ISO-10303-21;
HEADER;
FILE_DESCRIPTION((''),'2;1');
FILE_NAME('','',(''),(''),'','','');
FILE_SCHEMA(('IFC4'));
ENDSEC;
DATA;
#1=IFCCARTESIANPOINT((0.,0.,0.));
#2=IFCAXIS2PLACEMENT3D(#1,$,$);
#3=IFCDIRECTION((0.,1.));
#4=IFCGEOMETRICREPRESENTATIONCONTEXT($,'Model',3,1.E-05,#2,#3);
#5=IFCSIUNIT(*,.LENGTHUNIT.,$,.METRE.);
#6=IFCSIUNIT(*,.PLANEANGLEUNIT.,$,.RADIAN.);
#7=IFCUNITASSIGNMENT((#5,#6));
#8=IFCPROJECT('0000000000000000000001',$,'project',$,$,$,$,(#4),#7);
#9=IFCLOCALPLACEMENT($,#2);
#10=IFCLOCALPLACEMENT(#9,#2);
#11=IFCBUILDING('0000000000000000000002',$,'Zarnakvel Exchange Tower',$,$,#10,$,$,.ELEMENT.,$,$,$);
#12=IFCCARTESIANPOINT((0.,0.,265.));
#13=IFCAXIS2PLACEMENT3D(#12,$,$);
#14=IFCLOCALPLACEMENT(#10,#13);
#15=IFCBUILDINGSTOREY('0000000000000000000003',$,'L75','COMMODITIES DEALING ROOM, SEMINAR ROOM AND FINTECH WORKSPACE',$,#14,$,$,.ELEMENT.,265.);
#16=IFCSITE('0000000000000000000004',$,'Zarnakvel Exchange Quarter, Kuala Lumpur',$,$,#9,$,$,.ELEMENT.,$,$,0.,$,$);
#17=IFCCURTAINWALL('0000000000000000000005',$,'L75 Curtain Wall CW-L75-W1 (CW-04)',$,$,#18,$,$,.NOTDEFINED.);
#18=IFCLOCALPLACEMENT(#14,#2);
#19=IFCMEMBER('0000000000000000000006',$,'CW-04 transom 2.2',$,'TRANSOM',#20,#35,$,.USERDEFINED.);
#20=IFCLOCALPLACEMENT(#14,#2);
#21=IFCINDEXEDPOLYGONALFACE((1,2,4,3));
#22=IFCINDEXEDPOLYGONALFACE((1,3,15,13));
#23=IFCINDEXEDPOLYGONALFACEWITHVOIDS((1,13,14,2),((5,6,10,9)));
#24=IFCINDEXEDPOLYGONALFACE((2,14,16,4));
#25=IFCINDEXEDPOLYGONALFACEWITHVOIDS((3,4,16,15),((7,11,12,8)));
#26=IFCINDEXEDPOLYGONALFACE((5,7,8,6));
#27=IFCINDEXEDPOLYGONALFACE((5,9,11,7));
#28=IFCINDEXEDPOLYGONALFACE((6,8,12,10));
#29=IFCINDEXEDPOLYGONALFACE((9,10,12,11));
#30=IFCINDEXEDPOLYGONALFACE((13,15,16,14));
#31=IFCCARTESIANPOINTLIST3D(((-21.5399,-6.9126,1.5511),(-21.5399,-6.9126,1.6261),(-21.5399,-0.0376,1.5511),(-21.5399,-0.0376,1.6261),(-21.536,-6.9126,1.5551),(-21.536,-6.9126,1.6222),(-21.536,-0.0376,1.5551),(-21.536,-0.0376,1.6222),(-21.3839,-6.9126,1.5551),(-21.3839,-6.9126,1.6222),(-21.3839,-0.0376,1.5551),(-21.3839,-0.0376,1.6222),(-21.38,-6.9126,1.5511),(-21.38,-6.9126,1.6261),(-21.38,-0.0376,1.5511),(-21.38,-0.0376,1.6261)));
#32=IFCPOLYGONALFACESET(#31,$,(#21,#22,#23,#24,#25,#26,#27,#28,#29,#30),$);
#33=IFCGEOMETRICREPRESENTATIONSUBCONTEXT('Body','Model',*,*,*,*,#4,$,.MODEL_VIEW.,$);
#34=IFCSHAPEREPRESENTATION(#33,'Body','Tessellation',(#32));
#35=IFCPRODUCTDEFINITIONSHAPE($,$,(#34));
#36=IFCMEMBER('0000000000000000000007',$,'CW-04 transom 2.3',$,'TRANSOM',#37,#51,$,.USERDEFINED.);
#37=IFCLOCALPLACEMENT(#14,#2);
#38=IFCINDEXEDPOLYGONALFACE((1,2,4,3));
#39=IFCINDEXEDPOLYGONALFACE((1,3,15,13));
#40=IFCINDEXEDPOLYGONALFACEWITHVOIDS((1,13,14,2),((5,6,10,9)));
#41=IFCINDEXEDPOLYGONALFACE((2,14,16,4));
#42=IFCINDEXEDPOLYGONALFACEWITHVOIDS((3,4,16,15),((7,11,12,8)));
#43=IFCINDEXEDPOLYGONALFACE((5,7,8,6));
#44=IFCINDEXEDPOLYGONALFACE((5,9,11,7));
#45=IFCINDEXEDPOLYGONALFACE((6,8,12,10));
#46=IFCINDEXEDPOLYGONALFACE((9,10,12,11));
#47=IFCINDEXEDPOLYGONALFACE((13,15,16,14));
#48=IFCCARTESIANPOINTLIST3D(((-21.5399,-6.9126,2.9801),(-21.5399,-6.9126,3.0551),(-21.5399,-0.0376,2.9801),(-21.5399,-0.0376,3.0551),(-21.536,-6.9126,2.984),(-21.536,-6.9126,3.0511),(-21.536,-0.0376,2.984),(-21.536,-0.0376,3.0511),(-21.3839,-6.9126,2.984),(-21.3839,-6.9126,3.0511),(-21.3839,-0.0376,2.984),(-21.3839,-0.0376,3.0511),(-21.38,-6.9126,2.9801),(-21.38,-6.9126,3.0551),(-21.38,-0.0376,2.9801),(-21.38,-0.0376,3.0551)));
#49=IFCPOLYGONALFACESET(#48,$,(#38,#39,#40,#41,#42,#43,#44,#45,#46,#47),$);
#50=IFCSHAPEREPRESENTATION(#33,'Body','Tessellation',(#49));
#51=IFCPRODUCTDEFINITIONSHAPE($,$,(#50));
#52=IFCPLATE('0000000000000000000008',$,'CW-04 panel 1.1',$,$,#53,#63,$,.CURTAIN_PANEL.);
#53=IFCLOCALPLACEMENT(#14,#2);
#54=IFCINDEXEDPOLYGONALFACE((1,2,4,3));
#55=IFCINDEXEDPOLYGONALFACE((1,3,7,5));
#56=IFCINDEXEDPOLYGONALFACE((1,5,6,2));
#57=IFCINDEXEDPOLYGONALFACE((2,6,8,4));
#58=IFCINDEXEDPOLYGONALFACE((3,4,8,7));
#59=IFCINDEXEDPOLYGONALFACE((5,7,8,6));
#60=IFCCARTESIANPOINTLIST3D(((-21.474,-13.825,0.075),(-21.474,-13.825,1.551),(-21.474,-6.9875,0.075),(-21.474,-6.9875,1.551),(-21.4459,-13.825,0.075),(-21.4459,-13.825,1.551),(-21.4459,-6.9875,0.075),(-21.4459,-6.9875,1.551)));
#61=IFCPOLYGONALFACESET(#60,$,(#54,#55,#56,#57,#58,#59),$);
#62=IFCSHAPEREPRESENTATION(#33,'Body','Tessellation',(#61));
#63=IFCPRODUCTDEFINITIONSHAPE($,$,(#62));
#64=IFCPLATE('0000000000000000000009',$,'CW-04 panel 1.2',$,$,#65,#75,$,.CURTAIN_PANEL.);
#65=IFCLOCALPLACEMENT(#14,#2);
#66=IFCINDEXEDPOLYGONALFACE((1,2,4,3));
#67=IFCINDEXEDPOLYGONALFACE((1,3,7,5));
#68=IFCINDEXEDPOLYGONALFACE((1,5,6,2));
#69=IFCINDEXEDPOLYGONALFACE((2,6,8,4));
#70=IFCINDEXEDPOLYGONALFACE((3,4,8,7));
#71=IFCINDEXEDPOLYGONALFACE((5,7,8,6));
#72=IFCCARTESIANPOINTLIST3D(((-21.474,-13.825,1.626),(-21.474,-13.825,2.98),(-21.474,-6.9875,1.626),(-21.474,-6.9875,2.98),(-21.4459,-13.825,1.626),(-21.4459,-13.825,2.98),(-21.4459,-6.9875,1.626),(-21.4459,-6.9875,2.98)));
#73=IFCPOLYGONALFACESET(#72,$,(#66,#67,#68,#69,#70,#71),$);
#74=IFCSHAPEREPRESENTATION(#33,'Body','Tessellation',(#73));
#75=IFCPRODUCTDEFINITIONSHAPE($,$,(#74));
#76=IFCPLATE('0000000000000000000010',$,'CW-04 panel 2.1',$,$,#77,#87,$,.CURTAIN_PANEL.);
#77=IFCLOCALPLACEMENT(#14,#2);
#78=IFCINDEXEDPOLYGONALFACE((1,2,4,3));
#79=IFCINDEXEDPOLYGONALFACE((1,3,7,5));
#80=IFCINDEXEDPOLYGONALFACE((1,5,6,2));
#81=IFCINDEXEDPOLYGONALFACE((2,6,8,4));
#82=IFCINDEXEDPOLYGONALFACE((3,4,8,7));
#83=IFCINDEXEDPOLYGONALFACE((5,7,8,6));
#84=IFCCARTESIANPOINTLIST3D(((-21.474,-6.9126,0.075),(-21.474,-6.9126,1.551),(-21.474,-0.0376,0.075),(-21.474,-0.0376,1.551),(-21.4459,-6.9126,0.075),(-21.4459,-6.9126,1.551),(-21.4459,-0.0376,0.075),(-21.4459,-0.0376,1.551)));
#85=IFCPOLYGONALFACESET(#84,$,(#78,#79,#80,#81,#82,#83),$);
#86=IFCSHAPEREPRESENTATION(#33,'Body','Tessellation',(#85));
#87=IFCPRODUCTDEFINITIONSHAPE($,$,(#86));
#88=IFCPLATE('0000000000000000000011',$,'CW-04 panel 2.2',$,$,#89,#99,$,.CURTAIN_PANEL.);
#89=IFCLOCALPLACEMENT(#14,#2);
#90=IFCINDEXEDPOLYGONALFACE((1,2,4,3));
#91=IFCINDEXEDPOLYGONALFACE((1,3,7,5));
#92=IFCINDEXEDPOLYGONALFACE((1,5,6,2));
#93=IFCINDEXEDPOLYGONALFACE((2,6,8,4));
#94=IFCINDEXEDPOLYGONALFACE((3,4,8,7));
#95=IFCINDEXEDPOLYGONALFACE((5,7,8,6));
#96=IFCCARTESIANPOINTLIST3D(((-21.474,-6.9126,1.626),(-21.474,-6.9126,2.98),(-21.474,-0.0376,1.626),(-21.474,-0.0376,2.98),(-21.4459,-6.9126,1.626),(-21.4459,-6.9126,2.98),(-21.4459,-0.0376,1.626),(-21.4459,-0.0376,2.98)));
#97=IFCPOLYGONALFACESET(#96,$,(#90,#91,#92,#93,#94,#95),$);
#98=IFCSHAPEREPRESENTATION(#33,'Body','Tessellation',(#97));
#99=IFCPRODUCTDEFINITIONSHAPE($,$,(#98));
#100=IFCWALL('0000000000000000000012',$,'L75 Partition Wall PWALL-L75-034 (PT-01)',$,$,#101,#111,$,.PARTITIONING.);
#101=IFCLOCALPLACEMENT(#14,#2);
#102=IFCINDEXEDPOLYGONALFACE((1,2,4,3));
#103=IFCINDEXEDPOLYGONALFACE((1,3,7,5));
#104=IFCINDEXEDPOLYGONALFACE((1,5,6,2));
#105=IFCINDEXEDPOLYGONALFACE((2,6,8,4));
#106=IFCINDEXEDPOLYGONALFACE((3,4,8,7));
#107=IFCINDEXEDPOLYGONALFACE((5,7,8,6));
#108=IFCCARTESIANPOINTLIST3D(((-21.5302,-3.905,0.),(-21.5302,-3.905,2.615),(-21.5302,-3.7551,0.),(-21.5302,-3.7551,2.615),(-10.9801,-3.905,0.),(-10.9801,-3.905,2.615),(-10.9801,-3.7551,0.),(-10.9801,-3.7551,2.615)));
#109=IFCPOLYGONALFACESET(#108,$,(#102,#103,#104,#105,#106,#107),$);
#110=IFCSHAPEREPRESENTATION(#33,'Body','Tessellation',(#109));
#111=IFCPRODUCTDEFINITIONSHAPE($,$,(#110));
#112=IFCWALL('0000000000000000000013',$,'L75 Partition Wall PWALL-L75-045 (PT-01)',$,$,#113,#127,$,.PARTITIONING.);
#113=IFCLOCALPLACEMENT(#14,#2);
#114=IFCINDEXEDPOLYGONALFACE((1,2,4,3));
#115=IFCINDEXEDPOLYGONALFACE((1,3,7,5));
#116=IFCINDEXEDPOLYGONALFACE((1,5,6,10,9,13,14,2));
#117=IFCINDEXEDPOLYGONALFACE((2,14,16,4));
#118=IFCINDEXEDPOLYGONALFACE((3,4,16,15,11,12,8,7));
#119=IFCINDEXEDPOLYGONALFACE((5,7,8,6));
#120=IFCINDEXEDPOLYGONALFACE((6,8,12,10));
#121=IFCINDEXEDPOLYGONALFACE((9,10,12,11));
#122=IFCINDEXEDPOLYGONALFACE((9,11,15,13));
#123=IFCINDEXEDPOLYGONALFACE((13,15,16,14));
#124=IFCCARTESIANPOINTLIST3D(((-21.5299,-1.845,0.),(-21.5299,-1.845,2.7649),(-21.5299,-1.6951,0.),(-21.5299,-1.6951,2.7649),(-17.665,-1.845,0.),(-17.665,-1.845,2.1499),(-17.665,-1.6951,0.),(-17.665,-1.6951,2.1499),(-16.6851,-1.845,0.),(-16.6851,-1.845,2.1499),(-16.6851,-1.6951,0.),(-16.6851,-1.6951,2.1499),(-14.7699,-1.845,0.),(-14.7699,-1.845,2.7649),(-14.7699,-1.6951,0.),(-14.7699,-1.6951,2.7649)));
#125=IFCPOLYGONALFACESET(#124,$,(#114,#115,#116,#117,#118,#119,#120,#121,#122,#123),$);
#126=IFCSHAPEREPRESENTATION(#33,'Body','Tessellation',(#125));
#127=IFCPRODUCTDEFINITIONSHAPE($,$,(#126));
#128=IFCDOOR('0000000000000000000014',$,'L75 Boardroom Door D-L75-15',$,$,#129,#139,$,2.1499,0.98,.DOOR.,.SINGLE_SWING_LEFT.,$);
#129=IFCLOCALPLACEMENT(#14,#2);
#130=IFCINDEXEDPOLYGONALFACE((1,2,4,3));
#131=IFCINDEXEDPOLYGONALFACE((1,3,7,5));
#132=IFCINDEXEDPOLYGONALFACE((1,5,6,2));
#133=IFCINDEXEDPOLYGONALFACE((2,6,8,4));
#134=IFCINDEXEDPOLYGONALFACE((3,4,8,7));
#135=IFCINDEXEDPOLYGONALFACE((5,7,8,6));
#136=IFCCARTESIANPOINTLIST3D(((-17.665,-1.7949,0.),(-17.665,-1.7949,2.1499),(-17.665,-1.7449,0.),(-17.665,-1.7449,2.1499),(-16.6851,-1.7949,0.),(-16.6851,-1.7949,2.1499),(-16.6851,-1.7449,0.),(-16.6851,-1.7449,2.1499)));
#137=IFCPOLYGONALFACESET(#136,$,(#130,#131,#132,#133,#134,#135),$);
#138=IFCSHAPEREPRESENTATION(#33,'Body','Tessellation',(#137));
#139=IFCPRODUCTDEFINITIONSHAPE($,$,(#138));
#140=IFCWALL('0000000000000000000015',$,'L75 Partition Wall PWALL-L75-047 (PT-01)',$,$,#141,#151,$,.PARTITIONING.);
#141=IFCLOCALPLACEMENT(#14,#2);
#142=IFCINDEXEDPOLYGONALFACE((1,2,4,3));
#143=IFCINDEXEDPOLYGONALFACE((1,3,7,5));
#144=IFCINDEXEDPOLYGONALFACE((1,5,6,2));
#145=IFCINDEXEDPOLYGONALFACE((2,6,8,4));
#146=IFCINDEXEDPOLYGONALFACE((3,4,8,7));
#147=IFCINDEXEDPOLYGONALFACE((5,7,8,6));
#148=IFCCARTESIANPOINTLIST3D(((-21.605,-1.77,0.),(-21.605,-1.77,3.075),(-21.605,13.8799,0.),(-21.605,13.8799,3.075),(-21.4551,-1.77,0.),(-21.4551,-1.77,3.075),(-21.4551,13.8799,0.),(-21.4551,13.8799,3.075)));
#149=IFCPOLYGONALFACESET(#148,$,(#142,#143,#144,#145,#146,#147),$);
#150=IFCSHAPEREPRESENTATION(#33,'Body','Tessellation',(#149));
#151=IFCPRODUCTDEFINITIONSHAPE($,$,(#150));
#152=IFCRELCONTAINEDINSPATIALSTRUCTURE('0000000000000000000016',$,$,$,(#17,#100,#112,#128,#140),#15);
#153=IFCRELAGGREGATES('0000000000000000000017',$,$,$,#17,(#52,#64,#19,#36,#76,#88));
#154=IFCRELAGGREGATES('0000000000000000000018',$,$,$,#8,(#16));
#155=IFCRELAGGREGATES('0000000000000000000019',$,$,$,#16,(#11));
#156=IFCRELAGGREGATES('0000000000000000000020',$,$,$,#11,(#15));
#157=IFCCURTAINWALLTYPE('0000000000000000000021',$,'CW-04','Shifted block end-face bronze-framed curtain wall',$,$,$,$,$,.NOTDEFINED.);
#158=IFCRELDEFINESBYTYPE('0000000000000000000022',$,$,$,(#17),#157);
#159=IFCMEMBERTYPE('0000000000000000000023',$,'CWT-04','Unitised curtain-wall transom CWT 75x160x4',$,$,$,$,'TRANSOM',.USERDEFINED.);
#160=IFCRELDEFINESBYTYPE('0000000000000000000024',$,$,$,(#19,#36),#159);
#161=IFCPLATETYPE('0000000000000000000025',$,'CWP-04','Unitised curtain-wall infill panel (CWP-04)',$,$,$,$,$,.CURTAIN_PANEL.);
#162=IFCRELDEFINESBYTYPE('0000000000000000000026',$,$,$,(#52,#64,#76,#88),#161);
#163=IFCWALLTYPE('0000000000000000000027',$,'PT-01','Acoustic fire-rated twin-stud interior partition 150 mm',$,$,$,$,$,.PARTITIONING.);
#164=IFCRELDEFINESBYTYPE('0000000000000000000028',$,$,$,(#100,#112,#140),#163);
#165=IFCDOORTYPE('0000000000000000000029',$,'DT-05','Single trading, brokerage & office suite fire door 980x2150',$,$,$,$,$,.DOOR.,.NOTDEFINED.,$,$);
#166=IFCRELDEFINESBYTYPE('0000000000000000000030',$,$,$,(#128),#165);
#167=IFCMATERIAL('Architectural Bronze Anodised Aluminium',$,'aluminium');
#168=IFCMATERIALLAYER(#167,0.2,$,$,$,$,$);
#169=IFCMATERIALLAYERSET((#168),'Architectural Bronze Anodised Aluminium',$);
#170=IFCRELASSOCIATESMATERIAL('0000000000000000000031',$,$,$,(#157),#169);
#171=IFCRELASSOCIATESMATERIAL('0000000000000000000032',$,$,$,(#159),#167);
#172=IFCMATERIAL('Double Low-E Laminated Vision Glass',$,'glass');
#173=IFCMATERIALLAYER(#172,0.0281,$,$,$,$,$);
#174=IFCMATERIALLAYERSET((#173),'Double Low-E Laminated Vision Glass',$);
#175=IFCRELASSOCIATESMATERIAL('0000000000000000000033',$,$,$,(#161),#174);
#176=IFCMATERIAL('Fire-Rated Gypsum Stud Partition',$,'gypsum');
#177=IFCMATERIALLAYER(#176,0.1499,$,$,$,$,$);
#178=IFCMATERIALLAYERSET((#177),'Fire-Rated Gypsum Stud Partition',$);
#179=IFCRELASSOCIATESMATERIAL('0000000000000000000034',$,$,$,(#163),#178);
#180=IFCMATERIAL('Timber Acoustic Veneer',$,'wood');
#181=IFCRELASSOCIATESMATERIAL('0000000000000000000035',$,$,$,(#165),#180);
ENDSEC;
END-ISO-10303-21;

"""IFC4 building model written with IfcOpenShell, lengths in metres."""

from ifc_helpers import new_model, si_unit, direction, frame, frame_2d, origin, origin_2d, place, context, subcontext, project, spatial, rectangle, hollow_rectangle, extrude, source, transform, mapped, material, layer, layer_set, material_profile, profile_set, type_object, element, fill, aggregate, save


model = new_model("IFC4")

# Units and contexts
model_context = context("Model", 3, precision=1e-05, world=origin(), true_north=direction((0.0, 1.0)))
body_context = subcontext(model_context, "Body", "Model", "MODEL_VIEW")
ifc_project = project(units=[si_unit("LENGTHUNIT", "METRE"), si_unit("PLANEANGLEUNIT", "RADIAN")], contexts=[model_context])

# Site, building, storey
site_placement = place(None, origin())
site = spatial("IfcSite", under=ifc_project, at=site_placement, Name="Zarnakvel Exchange Quarter, Kuala Lumpur", CompositionType="ELEMENT", RefElevation=0.0)
building_placement = place(site_placement, origin())
building = spatial("IfcBuilding", under=site, at=building_placement, Name="Zarnakvel Exchange Tower", CompositionType="ELEMENT")
storey_placement = place(building_placement, frame((0.0, 0.0, 265.0)))
storey = spatial("IfcBuildingStorey", under=building, at=storey_placement, Name="L75", Description="COMMODITIES DEALING ROOM, SEMINAR ROOM AND FINTECH WORKSPACE", CompositionType="ELEMENT", Elevation=265.0)

# Curtain wall, members, plates
ifc_material_1 = material(Name="Architectural Bronze Anodised Aluminium", Category="aluminium")
ifc_layer_1 = layer(ifc_material_1, 0.2)
ifc_layer_set_1 = layer_set([ifc_layer_1], Name="Architectural Bronze Anodised Aluminium")
curtain_wall_type = type_object("IfcCurtainWallType", Name="CW-04", Description="Shifted block end-face bronze-framed curtain wall", PredefinedType="NOTDEFINED", material=ifc_layer_set_1)
curtain_wall_placement = place(storey_placement, origin())
curtain_wall = element("IfcCurtainWall", 1, at=curtain_wall_placement, inside=storey, type_object=curtain_wall_type, Name="L75 Curtain Wall CW-L75-W1 (CW-04)", PredefinedType="NOTDEFINED")
ifc_material_profile_1 = material_profile(ifc_material_1, hollow_rectangle(XDim=0.1599, YDim=0.075, WallThickness=0.0039, at=origin_2d()))
ifc_profile_set_1 = profile_set([ifc_material_profile_1], Name="Architectural Bronze Anodised Aluminium")
member_type_1 = type_object("IfcMemberType", Name="CWT-04", Description="Unitised curtain-wall transom CWT 75x160x4", ElementType="TRANSOM", PredefinedType="USERDEFINED", material=ifc_profile_set_1)
shared_shape_1 = source(origin(), body_context, "Body", "SweptSolid", [
    extrude(hollow_rectangle(XDim=0.1599, YDim=0.075, WallThickness=0.0039, at=origin_2d()), origin(), (0.0, 0.0, 1.0), 6.875),
])
member_1_placement = place(storey_placement, frame((-21.46, -6.9126, 1.5886), z_axis=(0.0, 1.0, 0.0), x_axis=(-1.0, 0.0, 0.0)))
member_1 = element("IfcMember", 2, at=member_1_placement, type_object=member_type_1, Name="CW-04 transom 2.2", ObjectType="TRANSOM", PredefinedType="USERDEFINED", context=body_context, shape_type="MappedRepresentation", body=[
    mapped(shared_shape_1, transform((0.0, 0.0, 0.0), x_axis=(1.0, 0.0, 0.0), y_axis=(0.0, 1.0, 0.0), z_axis=(0.0, 0.0, 1.0), scale=1.0)),
])
member_2_placement = place(storey_placement, frame((-21.46, -6.9126, 3.0176), z_axis=(0.0, 1.0, 0.0), x_axis=(-1.0, 0.0, 0.0)))
member_2 = element("IfcMember", 3, at=member_2_placement, type_object=member_type_1, Name="CW-04 transom 2.3", ObjectType="TRANSOM", PredefinedType="USERDEFINED", context=body_context, shape_type="MappedRepresentation", body=[
    mapped(shared_shape_1, transform((0.0, 0.0, 0.0), x_axis=(1.0, 0.0, 0.0), y_axis=(0.0, 1.0, 0.0), z_axis=(0.0, 0.0, 1.0), scale=1.0)),
])
ifc_material_2 = material(Name="Double Low-E Laminated Vision Glass", Category="glass")
ifc_layer_2 = layer(ifc_material_2, 0.0281)
ifc_layer_set_2 = layer_set([ifc_layer_2], Name="Double Low-E Laminated Vision Glass")
plate_type = type_object("IfcPlateType", Name="CWP-04", Description="Unitised curtain-wall infill panel (CWP-04)", PredefinedType="CURTAIN_PANEL", material=ifc_layer_set_2)
shared_shape_2 = source(origin(), body_context, "Body", "SweptSolid", [
    extrude(rectangle(XDim=6.8374, YDim=0.0281, at=origin_2d()), origin(), (0.0, 0.0, 1.0), 1.4761),
])
plate_1_placement = place(storey_placement, frame((-21.46, -10.4062, 0.075), z_axis=(0.0, 0.0, 1.0), x_axis=(0.0, 1.0, 0.0)))
plate_1 = element("IfcPlate", 4, at=plate_1_placement, type_object=plate_type, Name="CW-04 panel 1.1", PredefinedType="CURTAIN_PANEL", context=body_context, shape_type="MappedRepresentation", body=[
    mapped(shared_shape_2, transform((0.0, 0.0, 0.0), x_axis=(1.0, 0.0, 0.0), y_axis=(0.0, 1.0, 0.0), z_axis=(0.0, 0.0, 1.0), scale=1.0)),
])
shared_shape_3 = source(origin(), body_context, "Body", "SweptSolid", [
    extrude(rectangle(XDim=6.8374, YDim=0.0281, at=origin_2d()), origin(), (0.0, 0.0, 1.0), 1.354),
])
plate_2_placement = place(storey_placement, frame((-21.46, -10.4062, 1.626), z_axis=(0.0, 0.0, 1.0), x_axis=(0.0, 1.0, 0.0)))
plate_2 = element("IfcPlate", 5, at=plate_2_placement, type_object=plate_type, Name="CW-04 panel 1.2", PredefinedType="CURTAIN_PANEL", context=body_context, shape_type="MappedRepresentation", body=[
    mapped(shared_shape_3, transform((0.0, 0.0, 0.0), x_axis=(1.0, 0.0, 0.0), y_axis=(0.0, 1.0, 0.0), z_axis=(0.0, 0.0, 1.0), scale=1.0)),
])
shared_shape_4 = source(origin(), body_context, "Body", "SweptSolid", [
    extrude(rectangle(XDim=6.875, YDim=0.0281, at=origin_2d()), origin(), (0.0, 0.0, 1.0), 1.4761),
])
plate_3_placement = place(storey_placement, frame((-21.46, -3.4751, 0.075), z_axis=(0.0, 0.0, 1.0), x_axis=(0.0, 1.0, 0.0)))
plate_3 = element("IfcPlate", 6, at=plate_3_placement, type_object=plate_type, Name="CW-04 panel 2.1", PredefinedType="CURTAIN_PANEL", context=body_context, shape_type="MappedRepresentation", body=[
    mapped(shared_shape_4, transform((0.0, 0.0, 0.0), x_axis=(1.0, 0.0, 0.0), y_axis=(0.0, 1.0, 0.0), z_axis=(0.0, 0.0, 1.0), scale=1.0)),
])
shared_shape_5 = source(origin(), body_context, "Body", "SweptSolid", [
    extrude(rectangle(XDim=6.875, YDim=0.0281, at=origin_2d()), origin(), (0.0, 0.0, 1.0), 1.354),
])
plate_4_placement = place(storey_placement, frame((-21.46, -3.4751, 1.626), z_axis=(0.0, 0.0, 1.0), x_axis=(0.0, 1.0, 0.0)))
plate_4 = element("IfcPlate", 7, at=plate_4_placement, type_object=plate_type, Name="CW-04 panel 2.2", PredefinedType="CURTAIN_PANEL", context=body_context, shape_type="MappedRepresentation", body=[
    mapped(shared_shape_5, transform((0.0, 0.0, 0.0), x_axis=(1.0, 0.0, 0.0), y_axis=(0.0, 1.0, 0.0), z_axis=(0.0, 0.0, 1.0), scale=1.0)),
])
aggregate(curtain_wall, [plate_1, plate_2, member_1, member_2, plate_3, plate_4])

# Wall
ifc_material_3 = material(Name="Fire-Rated Gypsum Stud Partition", Category="gypsum")
ifc_layer_3 = layer(ifc_material_3, 0.1499)
ifc_layer_set_3 = layer_set([ifc_layer_3], Name="Fire-Rated Gypsum Stud Partition")
wall_type = type_object("IfcWallType", Name="PT-01", Description="Acoustic fire-rated twin-stud interior partition 150 mm", PredefinedType="PARTITIONING", material=ifc_layer_set_3)
wall_1_placement = place(storey_placement, frame((-21.53, -3.8301, 0.0), z_axis=(0.0, 0.0, 1.0), x_axis=(1.0, 0.0, 0.0)))
element("IfcWall", 8, at=wall_1_placement, inside=storey, type_object=wall_type, Name="L75 Partition Wall PWALL-L75-034 (PT-01)", PredefinedType="PARTITIONING", context=body_context, shape_type="SweptSolid", body=[
    extrude(rectangle(XDim=10.55, YDim=0.1499, at=frame_2d((5.2749, 0.0))), origin(), (0.0, 0.0, 1.0), 2.615),
])

# Wall, opening, door
wall_2_placement = place(storey_placement, frame((-14.77, -1.77, 0.0), z_axis=(0.0, 0.0, 1.0), x_axis=(-1.0, 0.0, 0.0)))
wall_2 = element("IfcWall", 9, at=wall_2_placement, inside=storey, type_object=wall_type, Name="L75 Partition Wall PWALL-L75-045 (PT-01)", PredefinedType="PARTITIONING", context=body_context, shape_type="SweptSolid", body=[
    extrude(rectangle(XDim=6.76, YDim=0.1499, at=frame_2d((3.3799, 0.0))), origin(), (0.0, 0.0, 1.0), 2.7649),
])
opening_placement = place(wall_2_placement, frame((1.915, 0.0, 0.0)))
opening = element("IfcOpeningElement", 10, at=opening_placement, cuts=wall_2, PredefinedType="OPENING", context=body_context, shape_type="SweptSolid", body=[
    extrude(rectangle(XDim=0.98, YDim=2.1499, at=frame_2d((0.49, 1.075))), frame((0.0, 0.085, 0.0), z_axis=(0.0, -1.0, 0.0), x_axis=(1.0, 0.0, 0.0)), (0.0, 0.0, 1.0), 0.1699),
])
ifc_material_4 = material(Name="Timber Acoustic Veneer", Category="wood")
door_type = type_object("IfcDoorType", Name="DT-05", Description="Single trading, brokerage & office suite fire door 980x2150", OperationType="NOTDEFINED", PredefinedType="DOOR", material=ifc_material_4)
shared_shape_6 = source(origin(), body_context, "Body", "SweptSolid", [
    extrude(rectangle(XDim=0.98, YDim=2.1499, at=frame_2d((0.49, 1.075))), frame((0.0, 0.0249, 0.0), z_axis=(0.0, -1.0, 0.0), x_axis=(1.0, 0.0, 0.0)), (0.0, 0.0, 1.0), 0.05),
])
door_placement = place(opening_placement, origin())
door = element("IfcDoor", 11, at=door_placement, inside=storey, type_object=door_type, Name="L75 Boardroom Door D-L75-15", OperationType="SINGLE_SWING_LEFT", OverallHeight=2.1499, OverallWidth=0.98, PredefinedType="DOOR", context=body_context, shape_type="MappedRepresentation", body=[
    mapped(shared_shape_6, transform((0.0, 0.0, 0.0), x_axis=(1.0, 0.0, 0.0), y_axis=(0.0, 1.0, 0.0), z_axis=(0.0, 0.0, 1.0), scale=1.0)),
])
fill(opening, door)

# Wall
wall_3_placement = place(storey_placement, frame((-21.53, -1.77, 0.0), z_axis=(0.0, 0.0, 1.0), x_axis=(0.0, 1.0, 0.0)))
element("IfcWall", 12, at=wall_3_placement, inside=storey, type_object=wall_type, Name="L75 Partition Wall PWALL-L75-047 (PT-01)", PredefinedType="PARTITIONING", context=body_context, shape_type="SweptSolid", body=[
    extrude(rectangle(XDim=15.6499, YDim=0.1499, at=frame_2d((7.825, 0.0))), origin(), (0.0, 0.0, 1.0), 3.075),
])

save(model, "model.ifc")
